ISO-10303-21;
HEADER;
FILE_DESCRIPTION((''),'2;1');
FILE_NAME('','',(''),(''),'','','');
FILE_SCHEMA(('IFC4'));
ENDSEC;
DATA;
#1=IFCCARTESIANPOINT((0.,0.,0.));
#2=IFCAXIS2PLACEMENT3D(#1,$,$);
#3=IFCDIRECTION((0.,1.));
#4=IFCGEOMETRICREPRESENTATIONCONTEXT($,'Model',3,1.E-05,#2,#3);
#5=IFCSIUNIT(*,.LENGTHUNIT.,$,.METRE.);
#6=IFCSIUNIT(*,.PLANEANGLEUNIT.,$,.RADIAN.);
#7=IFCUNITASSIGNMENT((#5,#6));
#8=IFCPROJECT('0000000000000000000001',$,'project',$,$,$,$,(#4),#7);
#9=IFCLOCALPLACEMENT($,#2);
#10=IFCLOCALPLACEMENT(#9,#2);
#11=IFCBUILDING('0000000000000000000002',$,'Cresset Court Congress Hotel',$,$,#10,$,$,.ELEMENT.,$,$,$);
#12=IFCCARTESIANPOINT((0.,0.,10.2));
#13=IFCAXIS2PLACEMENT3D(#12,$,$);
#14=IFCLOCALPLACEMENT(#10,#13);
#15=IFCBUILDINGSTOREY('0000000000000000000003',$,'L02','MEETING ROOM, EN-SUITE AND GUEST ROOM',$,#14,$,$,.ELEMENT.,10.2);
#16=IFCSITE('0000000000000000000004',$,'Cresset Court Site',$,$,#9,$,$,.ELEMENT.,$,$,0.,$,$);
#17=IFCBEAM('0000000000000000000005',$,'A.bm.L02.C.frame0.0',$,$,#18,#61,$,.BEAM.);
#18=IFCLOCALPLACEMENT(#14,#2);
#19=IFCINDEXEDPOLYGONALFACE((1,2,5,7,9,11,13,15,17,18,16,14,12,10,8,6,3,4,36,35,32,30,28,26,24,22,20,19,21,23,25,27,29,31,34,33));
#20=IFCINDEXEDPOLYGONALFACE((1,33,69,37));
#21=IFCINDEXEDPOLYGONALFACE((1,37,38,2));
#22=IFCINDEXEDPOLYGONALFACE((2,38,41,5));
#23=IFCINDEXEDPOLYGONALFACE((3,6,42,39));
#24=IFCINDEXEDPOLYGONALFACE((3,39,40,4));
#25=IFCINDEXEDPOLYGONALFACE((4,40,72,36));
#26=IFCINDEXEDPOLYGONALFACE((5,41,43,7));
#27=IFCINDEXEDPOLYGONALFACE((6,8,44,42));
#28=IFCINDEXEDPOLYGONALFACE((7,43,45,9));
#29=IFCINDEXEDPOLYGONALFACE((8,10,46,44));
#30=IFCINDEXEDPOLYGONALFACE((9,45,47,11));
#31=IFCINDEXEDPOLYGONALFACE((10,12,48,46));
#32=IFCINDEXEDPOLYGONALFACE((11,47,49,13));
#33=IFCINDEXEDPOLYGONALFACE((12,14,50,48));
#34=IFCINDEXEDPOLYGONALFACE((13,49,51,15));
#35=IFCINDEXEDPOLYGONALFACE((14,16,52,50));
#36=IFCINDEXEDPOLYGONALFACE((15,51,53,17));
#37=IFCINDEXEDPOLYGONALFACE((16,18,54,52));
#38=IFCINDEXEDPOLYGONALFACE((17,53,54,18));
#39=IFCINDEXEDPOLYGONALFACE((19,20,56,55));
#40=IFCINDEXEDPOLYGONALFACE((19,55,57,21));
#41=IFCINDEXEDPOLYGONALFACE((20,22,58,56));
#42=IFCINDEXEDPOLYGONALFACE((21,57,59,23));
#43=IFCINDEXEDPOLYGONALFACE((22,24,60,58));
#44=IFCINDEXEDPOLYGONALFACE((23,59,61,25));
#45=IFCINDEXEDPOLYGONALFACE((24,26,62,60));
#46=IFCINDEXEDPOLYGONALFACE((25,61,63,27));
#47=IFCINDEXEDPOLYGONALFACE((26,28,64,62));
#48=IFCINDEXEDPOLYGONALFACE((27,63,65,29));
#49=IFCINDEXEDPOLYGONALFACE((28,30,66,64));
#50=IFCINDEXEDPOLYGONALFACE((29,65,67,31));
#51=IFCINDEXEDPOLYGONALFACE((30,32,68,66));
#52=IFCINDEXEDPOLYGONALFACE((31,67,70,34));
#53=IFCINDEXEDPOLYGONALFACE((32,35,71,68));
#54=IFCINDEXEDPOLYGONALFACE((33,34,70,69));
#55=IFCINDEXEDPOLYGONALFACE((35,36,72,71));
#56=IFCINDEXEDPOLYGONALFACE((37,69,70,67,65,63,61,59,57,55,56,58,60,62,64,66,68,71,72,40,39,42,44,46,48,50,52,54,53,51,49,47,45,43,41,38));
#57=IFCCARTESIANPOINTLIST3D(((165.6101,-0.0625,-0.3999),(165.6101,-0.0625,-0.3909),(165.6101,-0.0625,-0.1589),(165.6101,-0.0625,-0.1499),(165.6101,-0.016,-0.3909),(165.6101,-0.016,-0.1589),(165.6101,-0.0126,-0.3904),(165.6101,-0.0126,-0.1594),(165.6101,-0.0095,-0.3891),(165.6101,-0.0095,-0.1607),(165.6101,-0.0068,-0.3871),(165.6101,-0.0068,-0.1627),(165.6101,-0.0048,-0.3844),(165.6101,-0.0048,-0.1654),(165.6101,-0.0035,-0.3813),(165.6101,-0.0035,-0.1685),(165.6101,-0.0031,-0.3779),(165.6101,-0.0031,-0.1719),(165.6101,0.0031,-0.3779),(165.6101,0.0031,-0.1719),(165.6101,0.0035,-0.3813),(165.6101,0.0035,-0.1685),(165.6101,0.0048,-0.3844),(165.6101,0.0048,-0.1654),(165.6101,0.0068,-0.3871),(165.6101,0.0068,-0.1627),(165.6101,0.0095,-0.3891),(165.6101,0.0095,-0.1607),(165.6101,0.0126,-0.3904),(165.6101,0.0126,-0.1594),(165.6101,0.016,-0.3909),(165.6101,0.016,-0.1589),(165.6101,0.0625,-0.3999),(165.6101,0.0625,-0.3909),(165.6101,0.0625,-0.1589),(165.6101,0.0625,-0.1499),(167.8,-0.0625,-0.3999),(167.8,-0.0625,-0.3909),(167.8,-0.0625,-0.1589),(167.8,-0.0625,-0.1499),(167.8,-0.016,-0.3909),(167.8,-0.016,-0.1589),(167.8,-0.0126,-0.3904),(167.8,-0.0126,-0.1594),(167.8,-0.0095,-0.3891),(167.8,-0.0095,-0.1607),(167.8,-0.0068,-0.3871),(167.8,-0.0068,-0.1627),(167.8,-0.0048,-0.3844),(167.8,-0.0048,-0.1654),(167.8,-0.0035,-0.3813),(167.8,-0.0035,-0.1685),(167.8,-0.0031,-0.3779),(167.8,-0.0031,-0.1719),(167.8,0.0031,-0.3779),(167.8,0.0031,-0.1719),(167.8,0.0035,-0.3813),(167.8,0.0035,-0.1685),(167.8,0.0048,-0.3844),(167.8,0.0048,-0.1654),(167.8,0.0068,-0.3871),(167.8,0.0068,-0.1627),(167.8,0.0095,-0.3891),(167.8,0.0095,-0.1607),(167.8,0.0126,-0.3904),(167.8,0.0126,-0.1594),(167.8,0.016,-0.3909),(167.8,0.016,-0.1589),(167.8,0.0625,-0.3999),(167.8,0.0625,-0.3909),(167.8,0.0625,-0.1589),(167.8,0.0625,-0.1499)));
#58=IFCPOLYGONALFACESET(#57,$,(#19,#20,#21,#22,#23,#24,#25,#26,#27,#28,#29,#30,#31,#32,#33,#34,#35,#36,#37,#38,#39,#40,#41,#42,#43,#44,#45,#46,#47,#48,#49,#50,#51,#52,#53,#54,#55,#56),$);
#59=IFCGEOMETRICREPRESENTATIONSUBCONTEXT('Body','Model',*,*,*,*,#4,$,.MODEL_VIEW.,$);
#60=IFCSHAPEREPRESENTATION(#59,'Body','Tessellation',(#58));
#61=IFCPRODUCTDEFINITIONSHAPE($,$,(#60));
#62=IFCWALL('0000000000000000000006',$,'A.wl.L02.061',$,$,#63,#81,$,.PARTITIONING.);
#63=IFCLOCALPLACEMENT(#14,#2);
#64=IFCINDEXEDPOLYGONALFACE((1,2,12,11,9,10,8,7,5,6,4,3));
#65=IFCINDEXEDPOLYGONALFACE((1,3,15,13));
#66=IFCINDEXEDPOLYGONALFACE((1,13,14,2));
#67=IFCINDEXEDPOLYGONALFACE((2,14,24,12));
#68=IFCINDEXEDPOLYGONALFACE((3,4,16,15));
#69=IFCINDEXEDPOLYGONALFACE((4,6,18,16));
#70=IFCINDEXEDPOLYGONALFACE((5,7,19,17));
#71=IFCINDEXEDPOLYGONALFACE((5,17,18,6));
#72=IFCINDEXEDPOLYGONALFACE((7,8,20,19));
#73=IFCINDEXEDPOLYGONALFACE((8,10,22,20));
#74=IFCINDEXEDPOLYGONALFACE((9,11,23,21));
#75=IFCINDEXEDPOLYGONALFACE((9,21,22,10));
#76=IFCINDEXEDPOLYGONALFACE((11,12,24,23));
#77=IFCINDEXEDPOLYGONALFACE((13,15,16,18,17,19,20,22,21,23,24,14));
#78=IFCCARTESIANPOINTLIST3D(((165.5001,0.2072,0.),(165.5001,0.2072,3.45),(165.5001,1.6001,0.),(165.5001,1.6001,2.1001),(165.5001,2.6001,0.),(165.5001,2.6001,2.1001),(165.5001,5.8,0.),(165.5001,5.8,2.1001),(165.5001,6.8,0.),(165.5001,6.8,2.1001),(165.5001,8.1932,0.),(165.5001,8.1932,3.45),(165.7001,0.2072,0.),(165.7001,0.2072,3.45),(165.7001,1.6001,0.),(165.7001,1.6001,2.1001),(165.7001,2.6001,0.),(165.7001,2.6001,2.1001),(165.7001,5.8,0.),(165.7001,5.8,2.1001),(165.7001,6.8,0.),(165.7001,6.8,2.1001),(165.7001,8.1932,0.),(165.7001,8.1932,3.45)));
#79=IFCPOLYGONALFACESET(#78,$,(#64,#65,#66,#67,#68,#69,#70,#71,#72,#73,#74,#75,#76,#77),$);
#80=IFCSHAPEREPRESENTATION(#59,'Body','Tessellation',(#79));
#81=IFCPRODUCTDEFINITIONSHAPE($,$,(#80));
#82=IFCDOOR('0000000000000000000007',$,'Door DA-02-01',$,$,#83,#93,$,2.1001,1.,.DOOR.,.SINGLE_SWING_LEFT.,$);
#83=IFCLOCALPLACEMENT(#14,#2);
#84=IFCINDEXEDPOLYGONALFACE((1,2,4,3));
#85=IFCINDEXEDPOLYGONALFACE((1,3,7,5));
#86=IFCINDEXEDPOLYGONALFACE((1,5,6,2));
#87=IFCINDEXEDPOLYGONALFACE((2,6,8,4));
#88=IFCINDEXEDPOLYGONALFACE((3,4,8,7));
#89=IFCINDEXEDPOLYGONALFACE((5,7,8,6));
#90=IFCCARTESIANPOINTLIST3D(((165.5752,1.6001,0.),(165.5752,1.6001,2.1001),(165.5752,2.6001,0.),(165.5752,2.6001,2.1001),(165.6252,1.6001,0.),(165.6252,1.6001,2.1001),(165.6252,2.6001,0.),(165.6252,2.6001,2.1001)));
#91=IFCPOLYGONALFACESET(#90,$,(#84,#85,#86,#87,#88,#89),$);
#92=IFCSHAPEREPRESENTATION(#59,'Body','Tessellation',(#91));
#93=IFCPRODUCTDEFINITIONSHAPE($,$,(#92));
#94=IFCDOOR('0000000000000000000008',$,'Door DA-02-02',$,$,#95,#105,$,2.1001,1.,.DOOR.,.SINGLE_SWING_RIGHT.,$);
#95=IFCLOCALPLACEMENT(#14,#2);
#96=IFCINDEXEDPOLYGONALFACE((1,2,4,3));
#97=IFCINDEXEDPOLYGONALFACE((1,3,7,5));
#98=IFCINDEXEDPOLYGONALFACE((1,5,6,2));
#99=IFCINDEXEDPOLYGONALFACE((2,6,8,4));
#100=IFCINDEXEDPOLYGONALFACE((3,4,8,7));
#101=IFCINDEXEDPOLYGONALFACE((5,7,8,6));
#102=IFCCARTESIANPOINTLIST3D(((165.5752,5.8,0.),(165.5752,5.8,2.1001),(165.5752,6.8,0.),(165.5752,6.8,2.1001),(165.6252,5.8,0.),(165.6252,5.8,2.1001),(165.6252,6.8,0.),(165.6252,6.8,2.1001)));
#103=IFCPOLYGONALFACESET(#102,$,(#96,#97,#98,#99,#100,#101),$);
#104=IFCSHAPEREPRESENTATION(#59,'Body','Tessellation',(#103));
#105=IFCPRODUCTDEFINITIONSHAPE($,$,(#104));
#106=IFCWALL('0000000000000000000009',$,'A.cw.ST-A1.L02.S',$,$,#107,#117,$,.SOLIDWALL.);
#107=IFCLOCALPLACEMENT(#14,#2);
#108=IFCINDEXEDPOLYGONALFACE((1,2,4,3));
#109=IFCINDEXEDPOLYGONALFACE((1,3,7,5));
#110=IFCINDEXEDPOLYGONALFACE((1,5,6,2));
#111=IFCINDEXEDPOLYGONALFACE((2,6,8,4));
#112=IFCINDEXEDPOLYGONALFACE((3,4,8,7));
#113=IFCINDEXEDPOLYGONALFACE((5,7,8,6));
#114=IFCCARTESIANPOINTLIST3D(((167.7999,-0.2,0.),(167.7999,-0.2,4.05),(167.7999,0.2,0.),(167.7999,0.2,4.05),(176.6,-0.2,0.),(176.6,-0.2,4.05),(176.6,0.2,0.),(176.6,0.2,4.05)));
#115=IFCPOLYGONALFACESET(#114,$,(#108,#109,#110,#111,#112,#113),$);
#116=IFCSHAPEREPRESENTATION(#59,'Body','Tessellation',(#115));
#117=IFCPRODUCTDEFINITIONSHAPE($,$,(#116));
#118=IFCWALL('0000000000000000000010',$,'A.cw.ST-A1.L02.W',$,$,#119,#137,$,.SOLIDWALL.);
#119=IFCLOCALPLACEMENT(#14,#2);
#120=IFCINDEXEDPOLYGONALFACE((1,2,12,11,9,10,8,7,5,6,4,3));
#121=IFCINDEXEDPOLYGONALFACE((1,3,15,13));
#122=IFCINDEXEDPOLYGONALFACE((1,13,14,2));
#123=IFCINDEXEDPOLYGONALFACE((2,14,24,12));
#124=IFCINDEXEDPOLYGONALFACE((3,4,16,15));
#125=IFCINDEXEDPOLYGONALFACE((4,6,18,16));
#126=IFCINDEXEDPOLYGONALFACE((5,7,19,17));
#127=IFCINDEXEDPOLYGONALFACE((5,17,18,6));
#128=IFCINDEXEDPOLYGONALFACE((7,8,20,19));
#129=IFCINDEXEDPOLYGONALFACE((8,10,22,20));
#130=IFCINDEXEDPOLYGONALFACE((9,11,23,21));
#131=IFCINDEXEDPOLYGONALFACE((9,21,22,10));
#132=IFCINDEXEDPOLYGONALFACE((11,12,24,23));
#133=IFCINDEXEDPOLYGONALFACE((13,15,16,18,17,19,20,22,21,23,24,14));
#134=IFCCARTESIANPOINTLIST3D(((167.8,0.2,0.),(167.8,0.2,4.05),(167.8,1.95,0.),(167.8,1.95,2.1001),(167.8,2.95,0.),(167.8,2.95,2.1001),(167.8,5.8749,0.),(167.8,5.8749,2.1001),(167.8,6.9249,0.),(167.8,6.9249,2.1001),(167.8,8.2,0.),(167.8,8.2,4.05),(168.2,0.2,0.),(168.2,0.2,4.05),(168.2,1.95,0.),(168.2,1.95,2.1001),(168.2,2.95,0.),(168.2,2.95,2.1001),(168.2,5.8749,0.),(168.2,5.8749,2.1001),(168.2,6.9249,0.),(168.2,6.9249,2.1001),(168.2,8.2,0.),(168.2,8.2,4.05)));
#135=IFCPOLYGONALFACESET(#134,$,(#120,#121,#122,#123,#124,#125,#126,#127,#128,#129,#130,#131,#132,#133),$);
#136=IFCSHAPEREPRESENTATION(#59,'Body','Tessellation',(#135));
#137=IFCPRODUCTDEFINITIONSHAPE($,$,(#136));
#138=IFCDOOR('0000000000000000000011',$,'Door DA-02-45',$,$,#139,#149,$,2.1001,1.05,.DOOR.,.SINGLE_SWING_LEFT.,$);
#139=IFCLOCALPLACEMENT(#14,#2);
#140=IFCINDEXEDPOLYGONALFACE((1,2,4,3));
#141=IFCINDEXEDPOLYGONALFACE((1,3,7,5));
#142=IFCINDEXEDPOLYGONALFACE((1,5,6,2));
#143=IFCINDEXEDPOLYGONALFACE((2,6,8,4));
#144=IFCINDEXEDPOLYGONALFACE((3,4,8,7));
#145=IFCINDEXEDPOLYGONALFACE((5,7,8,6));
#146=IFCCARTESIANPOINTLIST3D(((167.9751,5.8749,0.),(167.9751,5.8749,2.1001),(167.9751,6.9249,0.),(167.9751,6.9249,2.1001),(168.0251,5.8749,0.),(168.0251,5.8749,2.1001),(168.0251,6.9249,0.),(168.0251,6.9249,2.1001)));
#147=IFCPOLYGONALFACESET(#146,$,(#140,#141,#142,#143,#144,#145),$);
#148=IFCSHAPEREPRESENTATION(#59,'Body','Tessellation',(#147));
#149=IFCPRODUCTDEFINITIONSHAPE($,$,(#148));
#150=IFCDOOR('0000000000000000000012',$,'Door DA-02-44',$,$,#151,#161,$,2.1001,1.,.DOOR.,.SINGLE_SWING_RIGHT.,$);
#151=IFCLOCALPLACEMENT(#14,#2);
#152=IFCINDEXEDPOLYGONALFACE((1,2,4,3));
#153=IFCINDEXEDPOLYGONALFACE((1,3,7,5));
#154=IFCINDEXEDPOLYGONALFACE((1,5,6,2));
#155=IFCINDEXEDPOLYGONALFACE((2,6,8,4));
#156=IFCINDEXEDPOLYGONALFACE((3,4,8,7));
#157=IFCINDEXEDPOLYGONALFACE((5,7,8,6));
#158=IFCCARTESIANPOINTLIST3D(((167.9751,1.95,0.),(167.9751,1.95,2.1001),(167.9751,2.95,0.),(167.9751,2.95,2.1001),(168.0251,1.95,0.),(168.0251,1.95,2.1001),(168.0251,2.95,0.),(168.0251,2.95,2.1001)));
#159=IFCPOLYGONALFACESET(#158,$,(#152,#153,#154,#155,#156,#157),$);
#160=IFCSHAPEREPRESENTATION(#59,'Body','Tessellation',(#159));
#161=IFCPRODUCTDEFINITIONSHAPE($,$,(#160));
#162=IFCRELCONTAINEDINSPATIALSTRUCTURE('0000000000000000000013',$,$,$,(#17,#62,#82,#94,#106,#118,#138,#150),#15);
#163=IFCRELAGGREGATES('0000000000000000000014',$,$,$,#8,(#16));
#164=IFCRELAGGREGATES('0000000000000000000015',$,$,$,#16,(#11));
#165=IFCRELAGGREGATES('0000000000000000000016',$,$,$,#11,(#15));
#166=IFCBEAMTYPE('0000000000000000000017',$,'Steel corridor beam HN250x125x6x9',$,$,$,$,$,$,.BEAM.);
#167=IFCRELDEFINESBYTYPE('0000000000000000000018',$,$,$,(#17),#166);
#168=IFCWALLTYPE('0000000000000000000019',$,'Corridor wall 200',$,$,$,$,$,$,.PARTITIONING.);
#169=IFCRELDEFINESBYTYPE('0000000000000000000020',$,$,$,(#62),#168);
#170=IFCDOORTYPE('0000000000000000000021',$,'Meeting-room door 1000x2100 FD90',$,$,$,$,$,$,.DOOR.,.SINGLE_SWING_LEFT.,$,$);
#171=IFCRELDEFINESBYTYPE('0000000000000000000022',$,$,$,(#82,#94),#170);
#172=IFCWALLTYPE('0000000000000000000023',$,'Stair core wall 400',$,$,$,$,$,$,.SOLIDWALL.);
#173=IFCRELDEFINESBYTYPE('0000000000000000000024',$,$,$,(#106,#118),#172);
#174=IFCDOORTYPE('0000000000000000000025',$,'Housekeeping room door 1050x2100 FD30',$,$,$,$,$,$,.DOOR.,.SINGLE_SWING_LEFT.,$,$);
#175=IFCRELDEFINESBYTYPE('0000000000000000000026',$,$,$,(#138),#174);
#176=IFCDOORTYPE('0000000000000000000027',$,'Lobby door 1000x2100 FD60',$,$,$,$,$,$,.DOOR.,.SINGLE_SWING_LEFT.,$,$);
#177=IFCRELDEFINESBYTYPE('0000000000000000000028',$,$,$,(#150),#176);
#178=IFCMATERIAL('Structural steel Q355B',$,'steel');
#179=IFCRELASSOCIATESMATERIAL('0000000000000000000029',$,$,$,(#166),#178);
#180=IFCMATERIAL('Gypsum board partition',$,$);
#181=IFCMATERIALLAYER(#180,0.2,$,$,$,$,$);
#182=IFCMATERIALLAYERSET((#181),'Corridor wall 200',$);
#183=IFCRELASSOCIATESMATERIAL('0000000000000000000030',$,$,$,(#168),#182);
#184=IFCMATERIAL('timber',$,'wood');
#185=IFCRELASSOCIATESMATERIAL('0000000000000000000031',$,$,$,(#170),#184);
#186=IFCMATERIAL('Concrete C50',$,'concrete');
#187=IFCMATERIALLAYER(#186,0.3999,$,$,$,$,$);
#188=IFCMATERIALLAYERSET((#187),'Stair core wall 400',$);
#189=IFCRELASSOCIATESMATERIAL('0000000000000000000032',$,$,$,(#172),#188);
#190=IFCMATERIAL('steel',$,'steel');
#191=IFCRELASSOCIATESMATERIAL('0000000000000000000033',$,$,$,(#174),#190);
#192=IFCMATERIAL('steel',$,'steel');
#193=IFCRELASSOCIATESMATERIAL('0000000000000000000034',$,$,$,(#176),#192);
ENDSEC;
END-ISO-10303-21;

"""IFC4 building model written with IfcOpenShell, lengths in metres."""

from ifc_helpers import new_model, si_unit, direction, frame, frame_2d, origin, origin_2d, place, context, subcontext, project, spatial, rectangle, i_section, extrude, material, layer, layer_set, material_profile, profile_set, type_object, element, fill, save


model = new_model("IFC4")

# Units and contexts
model_context = context("Model", 3, precision=1e-05, world=origin(), true_north=direction((0.0, 1.0)))
body_context = subcontext(model_context, "Body", "Model", "MODEL_VIEW")
ifc_project = project(units=[si_unit("LENGTHUNIT", "METRE"), si_unit("PLANEANGLEUNIT", "RADIAN")], contexts=[model_context])

# Site, building, storey
site_placement = place(None, origin())
site = spatial("IfcSite", under=ifc_project, at=site_placement, Name="Cresset Court Site", CompositionType="ELEMENT", RefElevation=0.0)
building_placement = place(site_placement, origin())
building = spatial("IfcBuilding", under=site, at=building_placement, Name="Cresset Court Congress Hotel", CompositionType="ELEMENT")
storey_placement = place(building_placement, frame((0.0, 0.0, 10.2)))
storey = spatial("IfcBuildingStorey", under=building, at=storey_placement, Name="L02", Description="MEETING ROOM, EN-SUITE AND GUEST ROOM", CompositionType="ELEMENT", Elevation=10.2)

# Beam
ifc_material_1 = material(Name="Structural steel Q355B", Category="steel")
ifc_material_profile = material_profile(ifc_material_1, i_section(OverallWidth=0.125, OverallDepth=0.25, WebThickness=0.0061, FlangeThickness=0.009, FilletRadius=0.0129, at=origin_2d()), Name="HN250x125x6x9")
ifc_profile_set = profile_set([ifc_material_profile], Name="Structural steel Q355B")
beam_type = type_object("IfcBeamType", Name="Steel corridor beam HN250x125x6x9", PredefinedType="BEAM", material=ifc_profile_set)
beam_placement = place(storey_placement, frame((165.6101, 0.0, -0.2749), z_axis=(1.0, 0.0, 0.0), x_axis=(0.0, 1.0, 0.0)))
element("IfcBeam", 1, at=beam_placement, inside=storey, type_object=beam_type, Name="A.bm.L02.C.frame0.0", PredefinedType="BEAM", context=body_context, shape_type="SweptSolid", body=[
    extrude(i_section(OverallWidth=0.125, OverallDepth=0.25, WebThickness=0.0061, FlangeThickness=0.009, FilletRadius=0.0129, at=origin_2d()), origin(), (0.0, 0.0, 1.0), 2.1899),
])

# Wall, openings, doors
ifc_material_2 = material(Name="Gypsum board partition")
ifc_layer_1 = layer(ifc_material_2, 0.2)
ifc_layer_set_1 = layer_set([ifc_layer_1], Name="Corridor wall 200")
wall_type_1 = type_object("IfcWallType", Name="Corridor wall 200", PredefinedType="PARTITIONING", material=ifc_layer_set_1)
wall_1_placement = place(storey_placement, frame((165.6001, 0.207, 0.0), z_axis=(0.0, 0.0, 1.0), x_axis=(0.0, 1.0, 0.0)))
wall_1 = element("IfcWall", 2, at=wall_1_placement, inside=storey, type_object=wall_type_1, Name="A.wl.L02.061", PredefinedType="PARTITIONING", context=body_context, shape_type="SweptSolid", body=[
    extrude(rectangle(XDim=7.9861, YDim=0.2, at=frame_2d((3.9932, 0.0))), origin(), (0.0, 0.0, 1.0), 3.45),
])
opening_1_placement = place(wall_1_placement, frame((1.3931, 0.0, 0.0)))
opening_1 = element("IfcOpeningElement", 3, at=opening_1_placement, cuts=wall_1, PredefinedType="OPENING", context=body_context, shape_type="SweptSolid", body=[
    extrude(rectangle(XDim=1.0, YDim=2.1001, at=frame_2d((0.5, 1.05))), frame((0.0, 0.1099, 0.0), z_axis=(0.0, -1.0, 0.0), x_axis=(1.0, 0.0, 0.0)), (0.0, 0.0, 1.0), 0.22),
])
opening_2_placement = place(wall_1_placement, frame((5.593, 0.0, 0.0)))
opening_2 = element("IfcOpeningElement", 4, at=opening_2_placement, cuts=wall_1, PredefinedType="OPENING", context=body_context, shape_type="SweptSolid", body=[
    extrude(rectangle(XDim=1.0, YDim=2.1001, at=frame_2d((0.5, 1.05))), frame((0.0, 0.1099, 0.0), z_axis=(0.0, -1.0, 0.0), x_axis=(1.0, 0.0, 0.0)), (0.0, 0.0, 1.0), 0.22),
])
ifc_material_3 = material(Name="timber", Category="wood")
door_type_1 = type_object("IfcDoorType", Name="Meeting-room door 1000x2100 FD90", OperationType="SINGLE_SWING_LEFT", PredefinedType="DOOR", material=ifc_material_3)
door_1_placement = place(opening_1_placement, origin())
door_1 = element("IfcDoor", 5, at=door_1_placement, inside=storey, type_object=door_type_1, Name="Door DA-02-01", OperationType="SINGLE_SWING_LEFT", OverallHeight=2.1001, OverallWidth=1.0, PredefinedType="DOOR", context=body_context, shape_type="SweptSolid", body=[
    extrude(rectangle(XDim=1.0, YDim=2.1001, at=frame_2d((0.5, 1.05))), frame((0.0, 0.0249, 0.0), z_axis=(0.0, -1.0, 0.0), x_axis=(1.0, 0.0, 0.0)), (0.0, 0.0, 1.0), 0.05),
])
fill(opening_1, door_1)
door_2_placement = place(opening_2_placement, origin())
door_2 = element("IfcDoor", 6, at=door_2_placement, inside=storey, type_object=door_type_1, Name="Door DA-02-02", OperationType="SINGLE_SWING_RIGHT", OverallHeight=2.1001, OverallWidth=1.0, PredefinedType="DOOR", context=body_context, shape_type="SweptSolid", body=[
    extrude(rectangle(XDim=1.0, YDim=2.1001, at=frame_2d((0.5, 1.05))), frame((0.0, 0.0249, 0.0), z_axis=(0.0, -1.0, 0.0), x_axis=(1.0, 0.0, 0.0)), (0.0, 0.0, 1.0), 0.05),
])
fill(opening_2, door_2)

# Wall
ifc_material_4 = material(Name="Concrete C50", Category="concrete")
ifc_layer_2 = layer(ifc_material_4, 0.3999)
ifc_layer_set_2 = layer_set([ifc_layer_2], Name="Stair core wall 400")
wall_type_2 = type_object("IfcWallType", Name="Stair core wall 400", PredefinedType="SOLIDWALL", material=ifc_layer_set_2)
wall_2_placement = place(storey_placement, frame((167.8, 0.0, 0.0), z_axis=(0.0, 0.0, 1.0), x_axis=(1.0, 0.0, 0.0)))
element("IfcWall", 7, at=wall_2_placement, inside=storey, type_object=wall_type_2, Name="A.cw.ST-A1.L02.S", PredefinedType="SOLIDWALL", context=body_context, shape_type="SweptSolid", body=[
    extrude(rectangle(XDim=8.8, YDim=0.3999, at=frame_2d((4.3999, 0.0))), origin(), (0.0, 0.0, 1.0), 4.05),
])

# Wall, openings, doors
wall_3_placement = place(storey_placement, frame((168.0, 0.2, 0.0), z_axis=(0.0, 0.0, 1.0), x_axis=(0.0, 1.0, 0.0)))
wall_3 = element("IfcWall", 8, at=wall_3_placement, inside=storey, type_object=wall_type_2, Name="A.cw.ST-A1.L02.W", PredefinedType="SOLIDWALL", context=body_context, shape_type="SweptSolid", body=[
    extrude(rectangle(XDim=8.0, YDim=0.3999, at=frame_2d((4.0, 0.0))), origin(), (0.0, 0.0, 1.0), 4.05),
])
opening_3_placement = place(wall_3_placement, frame((1.75, 0.0, 0.0)))
opening_3 = element("IfcOpeningElement", 9, at=opening_3_placement, cuts=wall_3, PredefinedType="OPENING", context=body_context, shape_type="SweptSolid", body=[
    extrude(rectangle(XDim=1.0, YDim=2.1001, at=frame_2d((0.5, 1.05))), frame((0.0, 0.21, 0.0), z_axis=(0.0, -1.0, 0.0), x_axis=(1.0, 0.0, 0.0)), (0.0, 0.0, 1.0), 0.4199),
])
opening_4_placement = place(wall_3_placement, frame((5.675, 0.0, 0.0)))
opening_4 = element("IfcOpeningElement", 10, at=opening_4_placement, cuts=wall_3, PredefinedType="OPENING", context=body_context, shape_type="SweptSolid", body=[
    extrude(rectangle(XDim=1.05, YDim=2.1001, at=frame_2d((0.5249, 1.05))), frame((0.0, 0.21, 0.0), z_axis=(0.0, -1.0, 0.0), x_axis=(1.0, 0.0, 0.0)), (0.0, 0.0, 1.0), 0.4199),
])
ifc_material_5 = material(Name="steel", Category="steel")
door_type_2 = type_object("IfcDoorType", Name="Housekeeping room door 1050x2100 FD30", OperationType="SINGLE_SWING_LEFT", PredefinedType="DOOR", material=ifc_material_5)
door_3_placement = place(opening_4_placement, origin())
door_3 = element("IfcDoor", 11, at=door_3_placement, inside=storey, type_object=door_type_2, Name="Door DA-02-45", OperationType="SINGLE_SWING_LEFT", OverallHeight=2.1001, OverallWidth=1.05, PredefinedType="DOOR", context=body_context, shape_type="SweptSolid", body=[
    extrude(rectangle(XDim=1.05, YDim=2.1001, at=frame_2d((0.5249, 1.05))), frame((0.0, 0.0249, 0.0), z_axis=(0.0, -1.0, 0.0), x_axis=(1.0, 0.0, 0.0)), (0.0, 0.0, 1.0), 0.05),
])
fill(opening_4, door_3)
ifc_material_6 = material(Name="steel", Category="steel")
door_type_3 = type_object("IfcDoorType", Name="Lobby door 1000x2100 FD60", OperationType="SINGLE_SWING_LEFT", PredefinedType="DOOR", material=ifc_material_6)
door_4_placement = place(opening_3_placement, origin())
door_4 = element("IfcDoor", 12, at=door_4_placement, inside=storey, type_object=door_type_3, Name="Door DA-02-44", OperationType="SINGLE_SWING_RIGHT", OverallHeight=2.1001, OverallWidth=1.0, PredefinedType="DOOR", context=body_context, shape_type="SweptSolid", body=[
    extrude(rectangle(XDim=1.0, YDim=2.1001, at=frame_2d((0.5, 1.05))), frame((0.0, 0.0249, 0.0), z_axis=(0.0, -1.0, 0.0), x_axis=(1.0, 0.0, 0.0)), (0.0, 0.0, 1.0), 0.05),
])
fill(opening_3, door_4)

save(model, "model.ifc")
